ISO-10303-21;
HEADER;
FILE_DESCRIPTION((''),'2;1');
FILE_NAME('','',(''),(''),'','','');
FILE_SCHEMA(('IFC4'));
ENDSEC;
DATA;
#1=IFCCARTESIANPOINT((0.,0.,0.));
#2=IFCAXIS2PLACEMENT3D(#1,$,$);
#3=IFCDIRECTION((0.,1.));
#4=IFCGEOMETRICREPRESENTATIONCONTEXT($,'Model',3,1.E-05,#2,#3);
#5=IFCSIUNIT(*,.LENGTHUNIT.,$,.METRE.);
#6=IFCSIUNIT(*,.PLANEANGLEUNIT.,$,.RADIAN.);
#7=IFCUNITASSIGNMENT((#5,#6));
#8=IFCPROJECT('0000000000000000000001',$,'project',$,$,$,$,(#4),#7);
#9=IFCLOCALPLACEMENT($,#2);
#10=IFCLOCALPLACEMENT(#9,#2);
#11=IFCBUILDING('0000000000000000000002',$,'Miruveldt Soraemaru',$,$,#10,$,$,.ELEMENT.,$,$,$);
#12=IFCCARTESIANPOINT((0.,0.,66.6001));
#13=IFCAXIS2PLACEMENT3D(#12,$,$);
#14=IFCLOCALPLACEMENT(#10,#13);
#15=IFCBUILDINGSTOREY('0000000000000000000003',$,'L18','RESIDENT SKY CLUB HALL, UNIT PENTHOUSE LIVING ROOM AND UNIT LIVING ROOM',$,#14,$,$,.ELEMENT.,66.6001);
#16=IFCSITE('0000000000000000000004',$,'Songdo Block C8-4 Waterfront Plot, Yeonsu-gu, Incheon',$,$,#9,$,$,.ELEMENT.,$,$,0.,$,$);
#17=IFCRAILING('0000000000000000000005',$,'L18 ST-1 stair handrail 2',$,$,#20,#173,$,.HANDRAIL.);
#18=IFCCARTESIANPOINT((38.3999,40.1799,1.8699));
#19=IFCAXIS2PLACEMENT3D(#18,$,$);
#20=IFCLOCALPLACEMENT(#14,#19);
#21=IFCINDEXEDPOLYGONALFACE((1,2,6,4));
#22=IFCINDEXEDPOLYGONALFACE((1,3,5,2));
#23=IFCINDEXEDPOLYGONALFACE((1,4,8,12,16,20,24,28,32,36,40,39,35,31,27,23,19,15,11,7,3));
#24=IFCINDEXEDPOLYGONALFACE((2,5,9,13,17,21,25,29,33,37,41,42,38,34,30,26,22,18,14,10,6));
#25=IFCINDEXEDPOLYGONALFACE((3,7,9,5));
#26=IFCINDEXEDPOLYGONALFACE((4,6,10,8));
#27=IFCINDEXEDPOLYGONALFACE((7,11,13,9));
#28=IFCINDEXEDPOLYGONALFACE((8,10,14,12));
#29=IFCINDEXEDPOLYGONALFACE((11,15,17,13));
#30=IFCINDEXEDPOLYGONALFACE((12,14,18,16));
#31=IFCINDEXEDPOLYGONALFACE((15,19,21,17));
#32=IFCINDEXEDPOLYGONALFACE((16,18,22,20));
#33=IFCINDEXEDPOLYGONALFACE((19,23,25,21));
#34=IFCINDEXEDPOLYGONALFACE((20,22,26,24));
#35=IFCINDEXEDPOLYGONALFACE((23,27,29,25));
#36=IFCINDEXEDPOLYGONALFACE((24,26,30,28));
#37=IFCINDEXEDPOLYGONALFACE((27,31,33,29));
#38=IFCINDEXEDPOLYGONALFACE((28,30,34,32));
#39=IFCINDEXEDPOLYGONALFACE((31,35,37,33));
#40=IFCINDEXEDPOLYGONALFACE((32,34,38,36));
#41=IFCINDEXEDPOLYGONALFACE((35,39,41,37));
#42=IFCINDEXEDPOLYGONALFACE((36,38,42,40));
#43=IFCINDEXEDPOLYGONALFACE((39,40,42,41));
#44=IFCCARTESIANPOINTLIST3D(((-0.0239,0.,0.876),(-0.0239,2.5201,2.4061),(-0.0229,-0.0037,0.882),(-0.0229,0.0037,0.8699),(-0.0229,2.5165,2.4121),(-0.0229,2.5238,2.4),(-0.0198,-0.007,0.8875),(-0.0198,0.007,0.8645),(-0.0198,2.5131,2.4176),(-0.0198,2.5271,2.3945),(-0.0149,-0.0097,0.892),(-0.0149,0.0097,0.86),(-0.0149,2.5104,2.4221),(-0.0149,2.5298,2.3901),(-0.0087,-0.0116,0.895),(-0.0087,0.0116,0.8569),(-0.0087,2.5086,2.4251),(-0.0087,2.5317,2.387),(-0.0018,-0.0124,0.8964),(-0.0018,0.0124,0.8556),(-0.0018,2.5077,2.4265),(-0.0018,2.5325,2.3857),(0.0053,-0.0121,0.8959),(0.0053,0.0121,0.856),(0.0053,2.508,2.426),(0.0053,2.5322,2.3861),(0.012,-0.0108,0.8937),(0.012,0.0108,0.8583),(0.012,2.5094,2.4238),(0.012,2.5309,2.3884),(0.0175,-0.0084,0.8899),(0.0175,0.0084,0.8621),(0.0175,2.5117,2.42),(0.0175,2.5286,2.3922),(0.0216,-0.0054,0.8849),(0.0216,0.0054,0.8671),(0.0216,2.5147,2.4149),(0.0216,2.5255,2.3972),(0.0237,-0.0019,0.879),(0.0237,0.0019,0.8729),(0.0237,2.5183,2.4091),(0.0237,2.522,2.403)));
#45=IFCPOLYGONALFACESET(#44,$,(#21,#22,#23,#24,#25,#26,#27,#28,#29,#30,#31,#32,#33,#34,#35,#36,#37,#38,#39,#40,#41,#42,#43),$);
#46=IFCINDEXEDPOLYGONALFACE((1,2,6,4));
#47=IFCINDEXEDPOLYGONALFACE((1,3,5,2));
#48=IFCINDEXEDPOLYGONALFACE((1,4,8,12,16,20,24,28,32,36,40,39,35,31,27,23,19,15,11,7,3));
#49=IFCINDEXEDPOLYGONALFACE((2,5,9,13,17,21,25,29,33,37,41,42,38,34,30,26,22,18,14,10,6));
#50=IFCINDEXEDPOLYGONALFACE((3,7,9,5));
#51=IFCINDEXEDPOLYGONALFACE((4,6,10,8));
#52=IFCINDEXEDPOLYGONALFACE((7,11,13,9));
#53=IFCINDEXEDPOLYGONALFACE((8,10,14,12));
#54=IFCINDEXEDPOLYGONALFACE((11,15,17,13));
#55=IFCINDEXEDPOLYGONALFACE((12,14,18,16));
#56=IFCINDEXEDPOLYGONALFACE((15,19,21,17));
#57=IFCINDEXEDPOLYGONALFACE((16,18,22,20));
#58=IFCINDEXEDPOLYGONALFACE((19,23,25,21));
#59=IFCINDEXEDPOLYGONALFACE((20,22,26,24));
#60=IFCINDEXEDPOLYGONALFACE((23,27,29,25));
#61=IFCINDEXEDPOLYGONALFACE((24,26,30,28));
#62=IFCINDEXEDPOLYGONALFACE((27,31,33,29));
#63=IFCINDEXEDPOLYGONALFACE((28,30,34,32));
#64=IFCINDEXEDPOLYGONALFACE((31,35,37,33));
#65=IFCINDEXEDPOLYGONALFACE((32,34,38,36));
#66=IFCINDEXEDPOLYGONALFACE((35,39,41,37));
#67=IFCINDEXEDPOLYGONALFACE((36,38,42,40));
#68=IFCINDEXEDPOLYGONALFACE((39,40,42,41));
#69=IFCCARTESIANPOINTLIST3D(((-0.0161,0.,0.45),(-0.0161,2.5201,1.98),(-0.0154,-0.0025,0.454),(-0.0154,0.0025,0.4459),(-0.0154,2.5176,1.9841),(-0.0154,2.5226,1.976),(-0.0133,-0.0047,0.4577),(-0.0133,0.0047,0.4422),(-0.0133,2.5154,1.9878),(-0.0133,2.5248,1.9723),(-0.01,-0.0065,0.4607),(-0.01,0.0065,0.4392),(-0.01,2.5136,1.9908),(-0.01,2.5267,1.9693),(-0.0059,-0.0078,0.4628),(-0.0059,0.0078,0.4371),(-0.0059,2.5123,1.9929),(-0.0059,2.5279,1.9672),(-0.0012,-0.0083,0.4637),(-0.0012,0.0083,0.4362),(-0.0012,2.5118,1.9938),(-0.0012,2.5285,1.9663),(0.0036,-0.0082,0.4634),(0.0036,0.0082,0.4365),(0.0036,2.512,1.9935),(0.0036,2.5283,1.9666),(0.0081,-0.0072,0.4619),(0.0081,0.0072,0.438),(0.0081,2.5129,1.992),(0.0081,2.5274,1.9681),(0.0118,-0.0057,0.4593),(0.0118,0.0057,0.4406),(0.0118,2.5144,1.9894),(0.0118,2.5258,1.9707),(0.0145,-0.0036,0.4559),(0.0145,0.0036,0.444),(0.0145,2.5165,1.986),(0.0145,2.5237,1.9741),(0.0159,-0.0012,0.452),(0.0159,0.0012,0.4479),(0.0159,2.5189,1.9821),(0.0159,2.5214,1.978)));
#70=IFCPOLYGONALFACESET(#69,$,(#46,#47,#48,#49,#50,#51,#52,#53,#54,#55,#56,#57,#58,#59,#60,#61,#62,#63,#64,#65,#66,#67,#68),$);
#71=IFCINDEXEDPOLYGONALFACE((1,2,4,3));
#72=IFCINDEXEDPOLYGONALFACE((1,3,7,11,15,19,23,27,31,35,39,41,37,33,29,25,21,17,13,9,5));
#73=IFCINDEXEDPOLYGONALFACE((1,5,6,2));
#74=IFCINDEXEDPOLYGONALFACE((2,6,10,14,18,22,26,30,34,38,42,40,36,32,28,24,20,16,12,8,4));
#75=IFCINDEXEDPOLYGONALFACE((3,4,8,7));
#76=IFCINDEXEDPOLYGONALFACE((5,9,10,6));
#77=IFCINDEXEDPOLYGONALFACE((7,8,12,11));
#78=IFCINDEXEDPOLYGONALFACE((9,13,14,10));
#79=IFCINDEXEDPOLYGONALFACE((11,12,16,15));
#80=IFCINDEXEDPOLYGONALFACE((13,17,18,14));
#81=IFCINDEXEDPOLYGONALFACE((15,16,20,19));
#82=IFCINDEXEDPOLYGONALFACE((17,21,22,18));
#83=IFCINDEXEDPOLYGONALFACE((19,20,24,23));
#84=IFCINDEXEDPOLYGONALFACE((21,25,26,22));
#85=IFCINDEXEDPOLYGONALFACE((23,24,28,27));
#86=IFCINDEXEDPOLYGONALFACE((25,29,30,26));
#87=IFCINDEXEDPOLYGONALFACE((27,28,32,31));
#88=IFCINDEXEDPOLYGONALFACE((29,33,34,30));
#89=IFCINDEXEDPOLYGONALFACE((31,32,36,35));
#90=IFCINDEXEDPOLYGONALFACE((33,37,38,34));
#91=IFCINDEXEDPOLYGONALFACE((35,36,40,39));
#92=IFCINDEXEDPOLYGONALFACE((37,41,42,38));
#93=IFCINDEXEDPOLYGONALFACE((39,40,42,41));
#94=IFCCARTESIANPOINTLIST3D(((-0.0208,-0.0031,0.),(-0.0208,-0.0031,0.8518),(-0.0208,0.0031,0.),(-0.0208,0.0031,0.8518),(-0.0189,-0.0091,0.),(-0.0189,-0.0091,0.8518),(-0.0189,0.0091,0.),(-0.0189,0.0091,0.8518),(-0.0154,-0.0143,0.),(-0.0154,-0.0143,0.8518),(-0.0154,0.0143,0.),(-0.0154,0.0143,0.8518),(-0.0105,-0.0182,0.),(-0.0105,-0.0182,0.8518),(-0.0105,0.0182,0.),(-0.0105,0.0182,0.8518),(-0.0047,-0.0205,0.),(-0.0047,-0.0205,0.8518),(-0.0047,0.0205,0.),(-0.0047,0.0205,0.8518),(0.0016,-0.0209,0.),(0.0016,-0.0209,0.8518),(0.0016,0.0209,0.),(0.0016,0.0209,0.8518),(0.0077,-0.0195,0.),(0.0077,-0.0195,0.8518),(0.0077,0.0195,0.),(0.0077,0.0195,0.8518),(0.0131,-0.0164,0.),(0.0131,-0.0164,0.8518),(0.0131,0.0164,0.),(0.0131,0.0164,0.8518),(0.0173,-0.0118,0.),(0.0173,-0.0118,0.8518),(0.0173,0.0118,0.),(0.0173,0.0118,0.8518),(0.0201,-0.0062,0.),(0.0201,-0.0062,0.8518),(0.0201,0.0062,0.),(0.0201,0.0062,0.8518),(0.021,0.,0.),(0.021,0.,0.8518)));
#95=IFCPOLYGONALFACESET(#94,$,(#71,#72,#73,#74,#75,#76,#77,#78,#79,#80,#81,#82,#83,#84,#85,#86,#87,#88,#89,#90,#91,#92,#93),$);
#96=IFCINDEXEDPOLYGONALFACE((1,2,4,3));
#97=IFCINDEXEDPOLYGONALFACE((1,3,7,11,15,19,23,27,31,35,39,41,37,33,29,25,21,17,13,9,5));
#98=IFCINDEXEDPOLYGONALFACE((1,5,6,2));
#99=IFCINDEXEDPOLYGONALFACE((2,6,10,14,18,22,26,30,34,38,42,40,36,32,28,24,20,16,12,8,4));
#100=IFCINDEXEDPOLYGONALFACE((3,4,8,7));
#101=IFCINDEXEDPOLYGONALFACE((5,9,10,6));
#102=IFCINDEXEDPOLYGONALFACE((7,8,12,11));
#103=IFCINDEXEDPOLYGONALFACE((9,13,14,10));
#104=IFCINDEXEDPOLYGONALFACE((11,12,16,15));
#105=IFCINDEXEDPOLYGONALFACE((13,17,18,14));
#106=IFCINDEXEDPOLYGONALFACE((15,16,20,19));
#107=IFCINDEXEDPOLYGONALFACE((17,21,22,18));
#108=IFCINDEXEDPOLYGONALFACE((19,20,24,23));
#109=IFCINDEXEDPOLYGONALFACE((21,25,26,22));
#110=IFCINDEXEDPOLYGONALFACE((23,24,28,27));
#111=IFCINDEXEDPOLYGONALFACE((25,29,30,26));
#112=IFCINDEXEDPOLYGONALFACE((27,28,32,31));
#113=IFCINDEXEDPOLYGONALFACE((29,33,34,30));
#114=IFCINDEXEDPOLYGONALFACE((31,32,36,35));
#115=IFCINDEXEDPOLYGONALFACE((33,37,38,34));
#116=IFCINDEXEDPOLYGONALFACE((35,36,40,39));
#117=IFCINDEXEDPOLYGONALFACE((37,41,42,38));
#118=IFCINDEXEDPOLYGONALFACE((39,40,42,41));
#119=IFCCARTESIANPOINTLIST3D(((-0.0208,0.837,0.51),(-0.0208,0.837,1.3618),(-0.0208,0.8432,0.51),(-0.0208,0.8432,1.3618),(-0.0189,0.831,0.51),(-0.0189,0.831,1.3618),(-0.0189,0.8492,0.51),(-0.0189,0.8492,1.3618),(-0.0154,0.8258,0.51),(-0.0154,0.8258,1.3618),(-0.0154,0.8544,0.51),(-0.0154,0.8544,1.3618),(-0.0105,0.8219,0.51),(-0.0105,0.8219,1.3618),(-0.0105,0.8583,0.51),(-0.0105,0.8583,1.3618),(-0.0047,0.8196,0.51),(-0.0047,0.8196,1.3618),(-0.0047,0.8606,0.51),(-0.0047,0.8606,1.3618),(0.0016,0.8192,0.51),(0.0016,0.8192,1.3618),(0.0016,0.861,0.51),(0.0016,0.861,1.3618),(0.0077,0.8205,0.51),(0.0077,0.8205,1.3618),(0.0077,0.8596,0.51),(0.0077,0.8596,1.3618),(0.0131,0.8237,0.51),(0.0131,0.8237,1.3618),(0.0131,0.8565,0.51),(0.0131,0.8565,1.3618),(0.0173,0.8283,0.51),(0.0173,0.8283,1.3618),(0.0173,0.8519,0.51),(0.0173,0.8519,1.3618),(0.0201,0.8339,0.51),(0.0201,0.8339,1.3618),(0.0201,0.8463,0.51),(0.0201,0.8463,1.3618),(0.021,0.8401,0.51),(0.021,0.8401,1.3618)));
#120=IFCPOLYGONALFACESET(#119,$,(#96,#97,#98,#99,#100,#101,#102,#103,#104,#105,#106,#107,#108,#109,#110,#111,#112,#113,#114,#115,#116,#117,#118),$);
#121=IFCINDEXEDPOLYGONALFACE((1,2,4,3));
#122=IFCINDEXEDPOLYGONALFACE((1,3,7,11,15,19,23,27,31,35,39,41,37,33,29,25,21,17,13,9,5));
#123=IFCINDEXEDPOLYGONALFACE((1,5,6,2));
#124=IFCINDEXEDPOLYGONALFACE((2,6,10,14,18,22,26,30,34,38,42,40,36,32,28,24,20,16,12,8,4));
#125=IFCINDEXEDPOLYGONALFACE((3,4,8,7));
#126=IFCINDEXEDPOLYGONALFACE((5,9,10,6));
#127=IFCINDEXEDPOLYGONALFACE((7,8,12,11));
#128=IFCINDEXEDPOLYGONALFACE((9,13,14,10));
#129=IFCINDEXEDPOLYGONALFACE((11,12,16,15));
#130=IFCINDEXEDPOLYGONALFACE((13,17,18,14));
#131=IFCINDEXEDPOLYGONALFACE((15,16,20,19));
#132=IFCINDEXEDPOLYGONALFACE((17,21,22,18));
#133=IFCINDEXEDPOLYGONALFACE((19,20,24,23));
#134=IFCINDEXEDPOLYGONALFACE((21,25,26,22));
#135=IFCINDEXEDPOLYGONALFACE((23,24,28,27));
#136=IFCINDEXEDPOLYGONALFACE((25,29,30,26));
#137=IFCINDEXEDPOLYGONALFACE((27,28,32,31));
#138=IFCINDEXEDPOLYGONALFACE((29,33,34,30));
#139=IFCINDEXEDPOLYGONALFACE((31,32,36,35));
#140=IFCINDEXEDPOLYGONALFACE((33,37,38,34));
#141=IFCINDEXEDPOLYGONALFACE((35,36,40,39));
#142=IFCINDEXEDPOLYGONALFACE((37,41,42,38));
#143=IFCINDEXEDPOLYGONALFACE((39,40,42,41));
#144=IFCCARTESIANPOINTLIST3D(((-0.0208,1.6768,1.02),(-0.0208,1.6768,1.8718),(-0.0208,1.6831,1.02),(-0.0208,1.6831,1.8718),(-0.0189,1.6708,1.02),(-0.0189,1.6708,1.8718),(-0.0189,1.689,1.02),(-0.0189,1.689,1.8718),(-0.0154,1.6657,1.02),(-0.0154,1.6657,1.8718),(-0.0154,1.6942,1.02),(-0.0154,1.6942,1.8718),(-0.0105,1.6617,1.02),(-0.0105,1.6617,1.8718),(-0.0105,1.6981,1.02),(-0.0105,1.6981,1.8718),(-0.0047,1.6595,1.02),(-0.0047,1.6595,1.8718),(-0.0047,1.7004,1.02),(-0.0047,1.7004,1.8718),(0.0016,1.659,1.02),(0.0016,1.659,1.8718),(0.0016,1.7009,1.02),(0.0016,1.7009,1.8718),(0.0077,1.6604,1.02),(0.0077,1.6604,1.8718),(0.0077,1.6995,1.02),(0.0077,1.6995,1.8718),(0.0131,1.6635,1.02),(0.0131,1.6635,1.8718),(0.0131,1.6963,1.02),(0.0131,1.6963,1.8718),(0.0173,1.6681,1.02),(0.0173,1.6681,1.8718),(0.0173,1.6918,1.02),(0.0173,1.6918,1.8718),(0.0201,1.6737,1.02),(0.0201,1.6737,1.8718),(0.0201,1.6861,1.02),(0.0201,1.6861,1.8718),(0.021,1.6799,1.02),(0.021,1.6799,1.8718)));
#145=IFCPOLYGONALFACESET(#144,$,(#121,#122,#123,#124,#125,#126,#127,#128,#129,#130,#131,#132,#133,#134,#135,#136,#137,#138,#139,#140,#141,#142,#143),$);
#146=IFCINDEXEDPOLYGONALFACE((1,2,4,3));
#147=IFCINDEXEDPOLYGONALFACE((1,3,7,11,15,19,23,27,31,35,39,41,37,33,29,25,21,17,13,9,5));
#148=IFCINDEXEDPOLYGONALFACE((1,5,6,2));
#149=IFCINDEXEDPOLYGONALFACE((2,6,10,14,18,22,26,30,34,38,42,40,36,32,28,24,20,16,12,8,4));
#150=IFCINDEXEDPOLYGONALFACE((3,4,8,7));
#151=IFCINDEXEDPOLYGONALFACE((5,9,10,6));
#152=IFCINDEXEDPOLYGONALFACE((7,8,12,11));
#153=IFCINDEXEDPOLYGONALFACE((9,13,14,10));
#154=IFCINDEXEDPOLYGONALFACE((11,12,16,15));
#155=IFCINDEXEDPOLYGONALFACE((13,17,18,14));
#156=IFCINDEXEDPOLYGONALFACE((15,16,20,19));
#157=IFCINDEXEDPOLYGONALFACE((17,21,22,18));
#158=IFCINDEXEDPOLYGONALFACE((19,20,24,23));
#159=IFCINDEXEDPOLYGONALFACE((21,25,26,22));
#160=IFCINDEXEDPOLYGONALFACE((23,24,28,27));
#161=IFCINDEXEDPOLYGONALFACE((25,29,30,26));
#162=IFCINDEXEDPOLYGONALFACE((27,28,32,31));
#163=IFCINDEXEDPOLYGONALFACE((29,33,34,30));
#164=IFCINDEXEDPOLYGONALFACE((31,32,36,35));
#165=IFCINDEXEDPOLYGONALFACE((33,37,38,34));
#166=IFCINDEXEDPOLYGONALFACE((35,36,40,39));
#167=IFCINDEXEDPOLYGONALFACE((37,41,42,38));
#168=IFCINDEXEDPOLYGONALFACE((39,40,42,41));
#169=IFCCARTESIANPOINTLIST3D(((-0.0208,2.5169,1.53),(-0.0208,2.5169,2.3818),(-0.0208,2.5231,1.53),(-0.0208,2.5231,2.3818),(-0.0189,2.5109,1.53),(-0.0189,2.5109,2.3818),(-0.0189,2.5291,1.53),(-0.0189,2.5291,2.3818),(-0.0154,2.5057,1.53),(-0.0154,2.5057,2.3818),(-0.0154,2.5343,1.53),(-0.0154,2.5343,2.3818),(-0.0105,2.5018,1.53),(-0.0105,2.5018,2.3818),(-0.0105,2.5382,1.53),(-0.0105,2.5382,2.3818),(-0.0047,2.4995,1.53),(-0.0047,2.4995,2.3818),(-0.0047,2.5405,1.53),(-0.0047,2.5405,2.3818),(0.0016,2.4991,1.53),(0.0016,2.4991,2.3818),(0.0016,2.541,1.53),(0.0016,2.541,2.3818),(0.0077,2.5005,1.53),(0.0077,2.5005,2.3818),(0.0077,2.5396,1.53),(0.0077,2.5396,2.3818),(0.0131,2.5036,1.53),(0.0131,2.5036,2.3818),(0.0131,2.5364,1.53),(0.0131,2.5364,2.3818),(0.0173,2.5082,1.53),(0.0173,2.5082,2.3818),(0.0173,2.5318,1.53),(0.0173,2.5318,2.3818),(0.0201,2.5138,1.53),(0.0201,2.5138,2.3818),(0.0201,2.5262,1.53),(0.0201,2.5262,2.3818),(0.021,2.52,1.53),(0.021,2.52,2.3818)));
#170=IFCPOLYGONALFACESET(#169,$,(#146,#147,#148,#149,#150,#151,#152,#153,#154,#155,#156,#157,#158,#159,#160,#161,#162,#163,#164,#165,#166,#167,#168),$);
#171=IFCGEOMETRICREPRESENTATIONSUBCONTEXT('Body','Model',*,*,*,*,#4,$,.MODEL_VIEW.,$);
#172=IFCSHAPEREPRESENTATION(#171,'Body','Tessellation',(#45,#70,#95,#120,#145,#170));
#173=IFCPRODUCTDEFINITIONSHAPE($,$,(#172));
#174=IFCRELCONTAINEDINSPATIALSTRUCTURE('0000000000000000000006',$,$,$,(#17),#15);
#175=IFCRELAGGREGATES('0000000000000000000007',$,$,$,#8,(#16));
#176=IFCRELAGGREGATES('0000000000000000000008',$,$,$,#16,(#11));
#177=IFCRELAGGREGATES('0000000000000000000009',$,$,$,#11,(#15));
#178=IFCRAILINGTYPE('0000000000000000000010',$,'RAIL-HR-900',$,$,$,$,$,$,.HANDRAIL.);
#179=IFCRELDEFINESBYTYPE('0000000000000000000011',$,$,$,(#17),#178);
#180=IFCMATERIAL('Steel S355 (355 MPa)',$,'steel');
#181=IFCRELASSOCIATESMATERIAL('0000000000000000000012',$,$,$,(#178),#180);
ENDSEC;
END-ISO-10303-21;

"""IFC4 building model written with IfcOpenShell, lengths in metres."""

from ifc_helpers import new_model, si_unit, direction, frame, origin, origin_2d, place, context, subcontext, project, spatial, circle, extrude, material, type_object, element, save


model = new_model("IFC4")

# Units and contexts
model_context = context("Model", 3, precision=1e-05, world=origin(), true_north=direction((0.0, 1.0)))
body_context = subcontext(model_context, "Body", "Model", "MODEL_VIEW")
ifc_project = project(units=[si_unit("LENGTHUNIT", "METRE"), si_unit("PLANEANGLEUNIT", "RADIAN")], contexts=[model_context])

# Site, building, storey
site_placement = place(None, origin())
site = spatial("IfcSite", under=ifc_project, at=site_placement, Name="Songdo Block C8-4 Waterfront Plot, Yeonsu-gu, Incheon", CompositionType="ELEMENT", RefElevation=0.0)
building_placement = place(site_placement, origin())
building = spatial("IfcBuilding", under=site, at=building_placement, Name="Miruveldt Soraemaru", CompositionType="ELEMENT")
storey_placement = place(building_placement, frame((0.0, 0.0, 66.6001)))
storey = spatial("IfcBuildingStorey", under=building, at=storey_placement, Name="L18", Description="RESIDENT SKY CLUB HALL, UNIT PENTHOUSE LIVING ROOM AND UNIT LIVING ROOM", CompositionType="ELEMENT", Elevation=66.6001)

# Railing
ifc_material_1 = material(Name="Steel S355 (355 MPa)", Category="steel")
railing_type_1 = type_object("IfcRailingType", Name="RAIL-HR-900", PredefinedType="HANDRAIL", material=ifc_material_1)
railing_1_placement = place(storey_placement, frame((38.3999, 40.1799, 1.8699)))
element("IfcRailing", 1, at=railing_1_placement, inside=storey, type_object=railing_type_1, Name="L18 ST-1 stair handrail 2", PredefinedType="HANDRAIL", context=body_context, shape_type="SweptSolid", body=[
    extrude(circle(Radius=0.0239, at=origin_2d()), frame((0.0, 0.0, 0.876), z_axis=(0.0, 0.854785, 0.518982), x_axis=(-1.0, 0.0, 0.0)), (0.0, 0.0, 1.0), 2.9482),
    extrude(circle(Radius=0.0161, at=origin_2d()), frame((0.0, 0.0, 0.45), z_axis=(0.0, 0.854785, 0.518982), x_axis=(-1.0, 0.0, 0.0)), (0.0, 0.0, 1.0), 2.9482),
    extrude(circle(Radius=0.021, at=origin_2d()), origin(), (0.0, 0.0, 1.0), 0.8518),
    extrude(circle(Radius=0.021, at=origin_2d()), frame((0.0, 0.8401, 0.51)), (0.0, 0.0, 1.0), 0.8518),
    extrude(circle(Radius=0.021, at=origin_2d()), frame((0.0, 1.6799, 1.02)), (0.0, 0.0, 1.0), 0.8518),
    extrude(circle(Radius=0.021, at=origin_2d()), frame((0.0, 2.52, 1.53)), (0.0, 0.0, 1.0), 0.8518),
])

save(model, "model.ifc")
